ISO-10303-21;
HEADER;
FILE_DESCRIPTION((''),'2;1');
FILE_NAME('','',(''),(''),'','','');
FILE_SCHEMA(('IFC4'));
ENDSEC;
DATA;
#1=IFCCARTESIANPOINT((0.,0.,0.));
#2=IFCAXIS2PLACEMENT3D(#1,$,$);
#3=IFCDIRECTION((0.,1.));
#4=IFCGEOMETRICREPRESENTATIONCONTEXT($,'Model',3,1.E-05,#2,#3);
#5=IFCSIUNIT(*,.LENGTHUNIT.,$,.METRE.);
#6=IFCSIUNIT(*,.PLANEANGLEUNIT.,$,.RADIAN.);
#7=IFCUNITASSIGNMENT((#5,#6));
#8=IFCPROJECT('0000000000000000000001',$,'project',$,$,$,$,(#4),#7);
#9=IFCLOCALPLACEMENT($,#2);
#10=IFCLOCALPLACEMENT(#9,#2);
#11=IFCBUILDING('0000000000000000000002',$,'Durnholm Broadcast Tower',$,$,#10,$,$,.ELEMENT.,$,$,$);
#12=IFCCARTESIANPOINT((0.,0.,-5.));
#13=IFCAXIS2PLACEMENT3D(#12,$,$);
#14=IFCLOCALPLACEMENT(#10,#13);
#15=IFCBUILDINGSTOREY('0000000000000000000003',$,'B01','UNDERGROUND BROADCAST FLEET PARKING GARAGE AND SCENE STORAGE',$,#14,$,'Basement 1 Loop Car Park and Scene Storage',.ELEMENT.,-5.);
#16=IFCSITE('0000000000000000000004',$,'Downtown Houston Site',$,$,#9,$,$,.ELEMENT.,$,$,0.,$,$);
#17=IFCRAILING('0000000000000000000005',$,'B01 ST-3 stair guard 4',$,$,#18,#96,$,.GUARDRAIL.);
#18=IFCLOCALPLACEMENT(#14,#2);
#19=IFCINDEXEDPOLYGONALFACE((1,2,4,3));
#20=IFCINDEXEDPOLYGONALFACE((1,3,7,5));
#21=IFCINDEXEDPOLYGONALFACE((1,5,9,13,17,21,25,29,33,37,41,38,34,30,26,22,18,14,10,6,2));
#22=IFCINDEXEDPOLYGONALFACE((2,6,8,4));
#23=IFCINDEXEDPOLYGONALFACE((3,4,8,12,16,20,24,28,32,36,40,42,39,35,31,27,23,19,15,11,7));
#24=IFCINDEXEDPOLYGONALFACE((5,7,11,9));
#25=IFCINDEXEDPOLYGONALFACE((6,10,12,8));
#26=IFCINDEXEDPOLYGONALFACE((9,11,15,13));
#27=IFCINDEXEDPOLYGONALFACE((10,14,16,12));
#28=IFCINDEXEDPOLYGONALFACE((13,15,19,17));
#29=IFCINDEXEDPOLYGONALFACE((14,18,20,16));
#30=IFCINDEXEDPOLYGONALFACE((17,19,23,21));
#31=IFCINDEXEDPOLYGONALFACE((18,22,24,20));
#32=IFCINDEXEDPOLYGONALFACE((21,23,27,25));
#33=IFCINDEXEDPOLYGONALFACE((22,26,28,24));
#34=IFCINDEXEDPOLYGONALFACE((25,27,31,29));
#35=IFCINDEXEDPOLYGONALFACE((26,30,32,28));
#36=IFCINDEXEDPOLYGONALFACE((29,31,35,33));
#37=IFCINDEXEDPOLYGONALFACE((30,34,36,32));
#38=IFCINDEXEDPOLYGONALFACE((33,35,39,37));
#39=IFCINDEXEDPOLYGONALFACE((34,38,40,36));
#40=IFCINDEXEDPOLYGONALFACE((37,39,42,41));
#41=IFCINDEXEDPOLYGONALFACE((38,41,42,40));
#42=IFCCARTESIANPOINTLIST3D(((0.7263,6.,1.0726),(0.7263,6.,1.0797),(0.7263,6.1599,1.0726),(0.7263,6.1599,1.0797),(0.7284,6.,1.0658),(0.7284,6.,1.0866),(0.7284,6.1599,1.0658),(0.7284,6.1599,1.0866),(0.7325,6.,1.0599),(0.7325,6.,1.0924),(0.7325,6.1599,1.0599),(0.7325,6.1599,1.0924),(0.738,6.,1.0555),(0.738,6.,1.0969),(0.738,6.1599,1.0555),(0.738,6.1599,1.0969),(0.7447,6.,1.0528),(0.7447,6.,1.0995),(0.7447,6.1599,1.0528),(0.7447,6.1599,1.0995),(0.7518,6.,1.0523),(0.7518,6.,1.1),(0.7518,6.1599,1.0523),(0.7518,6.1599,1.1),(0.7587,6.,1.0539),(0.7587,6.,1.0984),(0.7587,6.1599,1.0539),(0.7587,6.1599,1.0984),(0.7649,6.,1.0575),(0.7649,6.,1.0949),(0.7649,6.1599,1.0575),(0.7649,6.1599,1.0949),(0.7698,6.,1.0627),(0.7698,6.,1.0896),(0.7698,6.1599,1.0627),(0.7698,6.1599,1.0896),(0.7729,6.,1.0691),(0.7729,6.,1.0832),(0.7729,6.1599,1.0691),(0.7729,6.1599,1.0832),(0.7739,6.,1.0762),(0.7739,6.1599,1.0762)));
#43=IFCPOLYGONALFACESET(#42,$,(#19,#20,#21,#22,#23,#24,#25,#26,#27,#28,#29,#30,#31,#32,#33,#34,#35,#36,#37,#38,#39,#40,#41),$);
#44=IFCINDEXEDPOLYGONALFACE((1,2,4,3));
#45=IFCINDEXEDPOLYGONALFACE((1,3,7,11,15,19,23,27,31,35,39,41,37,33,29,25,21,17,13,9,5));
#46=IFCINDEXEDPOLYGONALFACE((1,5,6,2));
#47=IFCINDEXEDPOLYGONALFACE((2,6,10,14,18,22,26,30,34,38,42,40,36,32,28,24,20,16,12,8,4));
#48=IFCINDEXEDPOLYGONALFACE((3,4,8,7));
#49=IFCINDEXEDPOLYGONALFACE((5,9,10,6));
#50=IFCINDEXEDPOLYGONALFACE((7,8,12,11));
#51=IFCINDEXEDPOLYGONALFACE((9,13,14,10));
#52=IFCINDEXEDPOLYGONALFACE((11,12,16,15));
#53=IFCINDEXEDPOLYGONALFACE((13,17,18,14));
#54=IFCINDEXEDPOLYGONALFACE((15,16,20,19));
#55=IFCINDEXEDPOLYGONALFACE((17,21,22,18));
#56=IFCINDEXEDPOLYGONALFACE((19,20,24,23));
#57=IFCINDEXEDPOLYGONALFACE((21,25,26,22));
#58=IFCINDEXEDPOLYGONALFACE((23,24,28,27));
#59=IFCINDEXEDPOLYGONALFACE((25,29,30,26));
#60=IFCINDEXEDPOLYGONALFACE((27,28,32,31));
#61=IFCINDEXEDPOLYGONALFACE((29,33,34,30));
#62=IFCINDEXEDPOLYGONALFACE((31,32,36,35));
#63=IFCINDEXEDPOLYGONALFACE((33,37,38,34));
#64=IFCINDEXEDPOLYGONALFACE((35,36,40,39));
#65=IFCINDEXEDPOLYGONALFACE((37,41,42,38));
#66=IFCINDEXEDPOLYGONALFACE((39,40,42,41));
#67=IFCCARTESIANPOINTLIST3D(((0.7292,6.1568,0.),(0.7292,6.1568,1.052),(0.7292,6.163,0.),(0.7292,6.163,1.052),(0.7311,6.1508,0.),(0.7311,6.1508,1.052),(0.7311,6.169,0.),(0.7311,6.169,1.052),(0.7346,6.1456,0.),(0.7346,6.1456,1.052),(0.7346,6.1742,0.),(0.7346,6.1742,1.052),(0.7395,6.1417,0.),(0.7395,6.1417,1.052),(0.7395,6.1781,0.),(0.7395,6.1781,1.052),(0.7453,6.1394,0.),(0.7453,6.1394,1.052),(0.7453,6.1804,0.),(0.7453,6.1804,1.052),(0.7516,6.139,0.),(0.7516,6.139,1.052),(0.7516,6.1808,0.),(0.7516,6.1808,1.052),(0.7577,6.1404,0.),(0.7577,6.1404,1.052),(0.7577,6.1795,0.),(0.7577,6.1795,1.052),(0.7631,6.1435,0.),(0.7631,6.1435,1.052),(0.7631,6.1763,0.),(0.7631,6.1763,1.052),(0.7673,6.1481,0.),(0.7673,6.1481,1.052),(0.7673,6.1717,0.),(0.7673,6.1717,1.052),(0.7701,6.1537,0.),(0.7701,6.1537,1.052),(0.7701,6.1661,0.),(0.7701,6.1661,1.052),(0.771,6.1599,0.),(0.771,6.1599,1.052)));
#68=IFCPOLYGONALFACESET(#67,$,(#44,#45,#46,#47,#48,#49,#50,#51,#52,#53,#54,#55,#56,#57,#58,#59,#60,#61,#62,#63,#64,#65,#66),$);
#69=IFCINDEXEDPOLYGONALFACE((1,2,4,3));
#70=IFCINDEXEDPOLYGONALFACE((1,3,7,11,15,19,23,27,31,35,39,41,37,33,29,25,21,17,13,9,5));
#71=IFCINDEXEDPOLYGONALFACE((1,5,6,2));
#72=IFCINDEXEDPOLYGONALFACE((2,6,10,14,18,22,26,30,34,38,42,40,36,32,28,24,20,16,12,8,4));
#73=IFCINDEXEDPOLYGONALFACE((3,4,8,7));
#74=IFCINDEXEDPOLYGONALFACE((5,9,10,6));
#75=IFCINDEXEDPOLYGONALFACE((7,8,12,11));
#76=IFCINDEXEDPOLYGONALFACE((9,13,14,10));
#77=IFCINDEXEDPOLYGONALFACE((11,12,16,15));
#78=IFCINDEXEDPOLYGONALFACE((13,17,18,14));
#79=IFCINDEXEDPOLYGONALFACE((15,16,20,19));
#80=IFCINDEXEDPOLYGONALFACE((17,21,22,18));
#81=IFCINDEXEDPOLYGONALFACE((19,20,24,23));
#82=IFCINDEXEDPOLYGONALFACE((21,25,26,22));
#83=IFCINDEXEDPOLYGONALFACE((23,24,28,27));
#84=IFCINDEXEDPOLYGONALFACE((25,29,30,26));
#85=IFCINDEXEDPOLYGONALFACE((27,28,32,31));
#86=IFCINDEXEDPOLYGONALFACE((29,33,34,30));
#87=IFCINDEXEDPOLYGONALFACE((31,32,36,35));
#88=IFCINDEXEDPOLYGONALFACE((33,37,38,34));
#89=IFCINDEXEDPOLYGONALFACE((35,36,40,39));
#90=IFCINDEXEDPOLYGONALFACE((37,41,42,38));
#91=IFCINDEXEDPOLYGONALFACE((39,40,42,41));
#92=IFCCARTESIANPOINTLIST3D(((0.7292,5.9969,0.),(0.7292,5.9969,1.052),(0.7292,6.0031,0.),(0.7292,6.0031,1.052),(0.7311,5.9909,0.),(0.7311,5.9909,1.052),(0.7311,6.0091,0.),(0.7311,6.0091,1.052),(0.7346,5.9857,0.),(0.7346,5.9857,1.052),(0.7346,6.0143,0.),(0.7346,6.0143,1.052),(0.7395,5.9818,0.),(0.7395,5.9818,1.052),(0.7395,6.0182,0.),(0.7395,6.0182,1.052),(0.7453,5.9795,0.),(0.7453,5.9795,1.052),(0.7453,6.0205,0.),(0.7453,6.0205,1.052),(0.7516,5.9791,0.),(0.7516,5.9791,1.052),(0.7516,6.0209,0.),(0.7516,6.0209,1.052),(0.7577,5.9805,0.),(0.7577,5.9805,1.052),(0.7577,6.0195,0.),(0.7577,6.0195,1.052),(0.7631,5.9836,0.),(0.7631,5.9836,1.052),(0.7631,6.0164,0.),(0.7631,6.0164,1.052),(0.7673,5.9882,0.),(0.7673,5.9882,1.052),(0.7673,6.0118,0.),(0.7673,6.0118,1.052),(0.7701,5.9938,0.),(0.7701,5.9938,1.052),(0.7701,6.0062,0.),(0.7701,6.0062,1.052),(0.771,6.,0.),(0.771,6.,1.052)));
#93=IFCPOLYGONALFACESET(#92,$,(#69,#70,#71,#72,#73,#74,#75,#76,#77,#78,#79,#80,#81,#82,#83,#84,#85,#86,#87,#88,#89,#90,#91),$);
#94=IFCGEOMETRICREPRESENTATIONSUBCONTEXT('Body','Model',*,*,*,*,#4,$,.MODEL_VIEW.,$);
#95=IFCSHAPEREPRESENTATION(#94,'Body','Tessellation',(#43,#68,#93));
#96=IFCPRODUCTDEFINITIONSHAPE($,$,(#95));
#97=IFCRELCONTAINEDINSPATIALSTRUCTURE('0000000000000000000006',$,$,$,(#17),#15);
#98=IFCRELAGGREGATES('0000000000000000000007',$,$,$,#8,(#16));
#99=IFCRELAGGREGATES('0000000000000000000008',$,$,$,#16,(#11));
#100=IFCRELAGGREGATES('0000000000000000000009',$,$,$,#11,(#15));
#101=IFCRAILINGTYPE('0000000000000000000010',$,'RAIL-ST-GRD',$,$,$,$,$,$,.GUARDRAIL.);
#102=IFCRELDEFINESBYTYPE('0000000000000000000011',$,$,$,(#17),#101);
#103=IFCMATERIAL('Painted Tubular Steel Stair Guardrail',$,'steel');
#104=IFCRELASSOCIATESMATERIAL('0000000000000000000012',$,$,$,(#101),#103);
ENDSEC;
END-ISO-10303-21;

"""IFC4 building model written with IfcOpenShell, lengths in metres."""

from ifc_helpers import new_model, si_unit, direction, frame, origin, origin_2d, place, context, subcontext, project, spatial, circle, extrude, material, type_object, element, save


model = new_model("IFC4")

# Units and contexts
model_context = context("Model", 3, precision=1e-05, world=origin(), true_north=direction((0.0, 1.0)))
body_context = subcontext(model_context, "Body", "Model", "MODEL_VIEW")
ifc_project = project(units=[si_unit("LENGTHUNIT", "METRE"), si_unit("PLANEANGLEUNIT", "RADIAN")], contexts=[model_context])

# Site, building, storey
site_placement = place(None, origin())
site = spatial("IfcSite", under=ifc_project, at=site_placement, Name="Downtown Houston Site", CompositionType="ELEMENT", RefElevation=0.0)
building_placement = place(site_placement, origin())
building = spatial("IfcBuilding", under=site, at=building_placement, Name="Durnholm Broadcast Tower", CompositionType="ELEMENT")
storey_placement = place(building_placement, frame((0.0, 0.0, -5.0)))
storey = spatial("IfcBuildingStorey", under=building, at=storey_placement, Name="B01", Description="UNDERGROUND BROADCAST FLEET PARKING GARAGE AND SCENE STORAGE", LongName="Basement 1 Loop Car Park and Scene Storage", CompositionType="ELEMENT", Elevation=-5.0)

# Railing
ifc_material_1 = material(Name="Painted Tubular Steel Stair Guardrail", Category="steel")
railing_type_1 = type_object("IfcRailingType", Name="RAIL-ST-GRD", PredefinedType="GUARDRAIL", material=ifc_material_1)
railing_1_placement = place(storey_placement, frame((0.75, 6.1599, 0.0)))
element("IfcRailing", 1, at=railing_1_placement, inside=storey, type_object=railing_type_1, Name="B01 ST-3 stair guard 4", PredefinedType="GUARDRAIL", context=body_context, shape_type="SweptSolid", body=[
    extrude(circle(Radius=0.0239, at=origin_2d()), frame((0.0, 0.0, 1.0762), z_axis=(0.0, -1.0, 0.0), x_axis=(1.0, 0.0, 0.0)), (0.0, 0.0, 1.0), 0.1599),
    extrude(circle(Radius=0.021, at=origin_2d()), origin(), (0.0, 0.0, 1.0), 1.052),
    extrude(circle(Radius=0.021, at=origin_2d()), frame((0.0, -0.1599, 0.0)), (0.0, 0.0, 1.0), 1.052),
])

save(model, "model.ifc")
